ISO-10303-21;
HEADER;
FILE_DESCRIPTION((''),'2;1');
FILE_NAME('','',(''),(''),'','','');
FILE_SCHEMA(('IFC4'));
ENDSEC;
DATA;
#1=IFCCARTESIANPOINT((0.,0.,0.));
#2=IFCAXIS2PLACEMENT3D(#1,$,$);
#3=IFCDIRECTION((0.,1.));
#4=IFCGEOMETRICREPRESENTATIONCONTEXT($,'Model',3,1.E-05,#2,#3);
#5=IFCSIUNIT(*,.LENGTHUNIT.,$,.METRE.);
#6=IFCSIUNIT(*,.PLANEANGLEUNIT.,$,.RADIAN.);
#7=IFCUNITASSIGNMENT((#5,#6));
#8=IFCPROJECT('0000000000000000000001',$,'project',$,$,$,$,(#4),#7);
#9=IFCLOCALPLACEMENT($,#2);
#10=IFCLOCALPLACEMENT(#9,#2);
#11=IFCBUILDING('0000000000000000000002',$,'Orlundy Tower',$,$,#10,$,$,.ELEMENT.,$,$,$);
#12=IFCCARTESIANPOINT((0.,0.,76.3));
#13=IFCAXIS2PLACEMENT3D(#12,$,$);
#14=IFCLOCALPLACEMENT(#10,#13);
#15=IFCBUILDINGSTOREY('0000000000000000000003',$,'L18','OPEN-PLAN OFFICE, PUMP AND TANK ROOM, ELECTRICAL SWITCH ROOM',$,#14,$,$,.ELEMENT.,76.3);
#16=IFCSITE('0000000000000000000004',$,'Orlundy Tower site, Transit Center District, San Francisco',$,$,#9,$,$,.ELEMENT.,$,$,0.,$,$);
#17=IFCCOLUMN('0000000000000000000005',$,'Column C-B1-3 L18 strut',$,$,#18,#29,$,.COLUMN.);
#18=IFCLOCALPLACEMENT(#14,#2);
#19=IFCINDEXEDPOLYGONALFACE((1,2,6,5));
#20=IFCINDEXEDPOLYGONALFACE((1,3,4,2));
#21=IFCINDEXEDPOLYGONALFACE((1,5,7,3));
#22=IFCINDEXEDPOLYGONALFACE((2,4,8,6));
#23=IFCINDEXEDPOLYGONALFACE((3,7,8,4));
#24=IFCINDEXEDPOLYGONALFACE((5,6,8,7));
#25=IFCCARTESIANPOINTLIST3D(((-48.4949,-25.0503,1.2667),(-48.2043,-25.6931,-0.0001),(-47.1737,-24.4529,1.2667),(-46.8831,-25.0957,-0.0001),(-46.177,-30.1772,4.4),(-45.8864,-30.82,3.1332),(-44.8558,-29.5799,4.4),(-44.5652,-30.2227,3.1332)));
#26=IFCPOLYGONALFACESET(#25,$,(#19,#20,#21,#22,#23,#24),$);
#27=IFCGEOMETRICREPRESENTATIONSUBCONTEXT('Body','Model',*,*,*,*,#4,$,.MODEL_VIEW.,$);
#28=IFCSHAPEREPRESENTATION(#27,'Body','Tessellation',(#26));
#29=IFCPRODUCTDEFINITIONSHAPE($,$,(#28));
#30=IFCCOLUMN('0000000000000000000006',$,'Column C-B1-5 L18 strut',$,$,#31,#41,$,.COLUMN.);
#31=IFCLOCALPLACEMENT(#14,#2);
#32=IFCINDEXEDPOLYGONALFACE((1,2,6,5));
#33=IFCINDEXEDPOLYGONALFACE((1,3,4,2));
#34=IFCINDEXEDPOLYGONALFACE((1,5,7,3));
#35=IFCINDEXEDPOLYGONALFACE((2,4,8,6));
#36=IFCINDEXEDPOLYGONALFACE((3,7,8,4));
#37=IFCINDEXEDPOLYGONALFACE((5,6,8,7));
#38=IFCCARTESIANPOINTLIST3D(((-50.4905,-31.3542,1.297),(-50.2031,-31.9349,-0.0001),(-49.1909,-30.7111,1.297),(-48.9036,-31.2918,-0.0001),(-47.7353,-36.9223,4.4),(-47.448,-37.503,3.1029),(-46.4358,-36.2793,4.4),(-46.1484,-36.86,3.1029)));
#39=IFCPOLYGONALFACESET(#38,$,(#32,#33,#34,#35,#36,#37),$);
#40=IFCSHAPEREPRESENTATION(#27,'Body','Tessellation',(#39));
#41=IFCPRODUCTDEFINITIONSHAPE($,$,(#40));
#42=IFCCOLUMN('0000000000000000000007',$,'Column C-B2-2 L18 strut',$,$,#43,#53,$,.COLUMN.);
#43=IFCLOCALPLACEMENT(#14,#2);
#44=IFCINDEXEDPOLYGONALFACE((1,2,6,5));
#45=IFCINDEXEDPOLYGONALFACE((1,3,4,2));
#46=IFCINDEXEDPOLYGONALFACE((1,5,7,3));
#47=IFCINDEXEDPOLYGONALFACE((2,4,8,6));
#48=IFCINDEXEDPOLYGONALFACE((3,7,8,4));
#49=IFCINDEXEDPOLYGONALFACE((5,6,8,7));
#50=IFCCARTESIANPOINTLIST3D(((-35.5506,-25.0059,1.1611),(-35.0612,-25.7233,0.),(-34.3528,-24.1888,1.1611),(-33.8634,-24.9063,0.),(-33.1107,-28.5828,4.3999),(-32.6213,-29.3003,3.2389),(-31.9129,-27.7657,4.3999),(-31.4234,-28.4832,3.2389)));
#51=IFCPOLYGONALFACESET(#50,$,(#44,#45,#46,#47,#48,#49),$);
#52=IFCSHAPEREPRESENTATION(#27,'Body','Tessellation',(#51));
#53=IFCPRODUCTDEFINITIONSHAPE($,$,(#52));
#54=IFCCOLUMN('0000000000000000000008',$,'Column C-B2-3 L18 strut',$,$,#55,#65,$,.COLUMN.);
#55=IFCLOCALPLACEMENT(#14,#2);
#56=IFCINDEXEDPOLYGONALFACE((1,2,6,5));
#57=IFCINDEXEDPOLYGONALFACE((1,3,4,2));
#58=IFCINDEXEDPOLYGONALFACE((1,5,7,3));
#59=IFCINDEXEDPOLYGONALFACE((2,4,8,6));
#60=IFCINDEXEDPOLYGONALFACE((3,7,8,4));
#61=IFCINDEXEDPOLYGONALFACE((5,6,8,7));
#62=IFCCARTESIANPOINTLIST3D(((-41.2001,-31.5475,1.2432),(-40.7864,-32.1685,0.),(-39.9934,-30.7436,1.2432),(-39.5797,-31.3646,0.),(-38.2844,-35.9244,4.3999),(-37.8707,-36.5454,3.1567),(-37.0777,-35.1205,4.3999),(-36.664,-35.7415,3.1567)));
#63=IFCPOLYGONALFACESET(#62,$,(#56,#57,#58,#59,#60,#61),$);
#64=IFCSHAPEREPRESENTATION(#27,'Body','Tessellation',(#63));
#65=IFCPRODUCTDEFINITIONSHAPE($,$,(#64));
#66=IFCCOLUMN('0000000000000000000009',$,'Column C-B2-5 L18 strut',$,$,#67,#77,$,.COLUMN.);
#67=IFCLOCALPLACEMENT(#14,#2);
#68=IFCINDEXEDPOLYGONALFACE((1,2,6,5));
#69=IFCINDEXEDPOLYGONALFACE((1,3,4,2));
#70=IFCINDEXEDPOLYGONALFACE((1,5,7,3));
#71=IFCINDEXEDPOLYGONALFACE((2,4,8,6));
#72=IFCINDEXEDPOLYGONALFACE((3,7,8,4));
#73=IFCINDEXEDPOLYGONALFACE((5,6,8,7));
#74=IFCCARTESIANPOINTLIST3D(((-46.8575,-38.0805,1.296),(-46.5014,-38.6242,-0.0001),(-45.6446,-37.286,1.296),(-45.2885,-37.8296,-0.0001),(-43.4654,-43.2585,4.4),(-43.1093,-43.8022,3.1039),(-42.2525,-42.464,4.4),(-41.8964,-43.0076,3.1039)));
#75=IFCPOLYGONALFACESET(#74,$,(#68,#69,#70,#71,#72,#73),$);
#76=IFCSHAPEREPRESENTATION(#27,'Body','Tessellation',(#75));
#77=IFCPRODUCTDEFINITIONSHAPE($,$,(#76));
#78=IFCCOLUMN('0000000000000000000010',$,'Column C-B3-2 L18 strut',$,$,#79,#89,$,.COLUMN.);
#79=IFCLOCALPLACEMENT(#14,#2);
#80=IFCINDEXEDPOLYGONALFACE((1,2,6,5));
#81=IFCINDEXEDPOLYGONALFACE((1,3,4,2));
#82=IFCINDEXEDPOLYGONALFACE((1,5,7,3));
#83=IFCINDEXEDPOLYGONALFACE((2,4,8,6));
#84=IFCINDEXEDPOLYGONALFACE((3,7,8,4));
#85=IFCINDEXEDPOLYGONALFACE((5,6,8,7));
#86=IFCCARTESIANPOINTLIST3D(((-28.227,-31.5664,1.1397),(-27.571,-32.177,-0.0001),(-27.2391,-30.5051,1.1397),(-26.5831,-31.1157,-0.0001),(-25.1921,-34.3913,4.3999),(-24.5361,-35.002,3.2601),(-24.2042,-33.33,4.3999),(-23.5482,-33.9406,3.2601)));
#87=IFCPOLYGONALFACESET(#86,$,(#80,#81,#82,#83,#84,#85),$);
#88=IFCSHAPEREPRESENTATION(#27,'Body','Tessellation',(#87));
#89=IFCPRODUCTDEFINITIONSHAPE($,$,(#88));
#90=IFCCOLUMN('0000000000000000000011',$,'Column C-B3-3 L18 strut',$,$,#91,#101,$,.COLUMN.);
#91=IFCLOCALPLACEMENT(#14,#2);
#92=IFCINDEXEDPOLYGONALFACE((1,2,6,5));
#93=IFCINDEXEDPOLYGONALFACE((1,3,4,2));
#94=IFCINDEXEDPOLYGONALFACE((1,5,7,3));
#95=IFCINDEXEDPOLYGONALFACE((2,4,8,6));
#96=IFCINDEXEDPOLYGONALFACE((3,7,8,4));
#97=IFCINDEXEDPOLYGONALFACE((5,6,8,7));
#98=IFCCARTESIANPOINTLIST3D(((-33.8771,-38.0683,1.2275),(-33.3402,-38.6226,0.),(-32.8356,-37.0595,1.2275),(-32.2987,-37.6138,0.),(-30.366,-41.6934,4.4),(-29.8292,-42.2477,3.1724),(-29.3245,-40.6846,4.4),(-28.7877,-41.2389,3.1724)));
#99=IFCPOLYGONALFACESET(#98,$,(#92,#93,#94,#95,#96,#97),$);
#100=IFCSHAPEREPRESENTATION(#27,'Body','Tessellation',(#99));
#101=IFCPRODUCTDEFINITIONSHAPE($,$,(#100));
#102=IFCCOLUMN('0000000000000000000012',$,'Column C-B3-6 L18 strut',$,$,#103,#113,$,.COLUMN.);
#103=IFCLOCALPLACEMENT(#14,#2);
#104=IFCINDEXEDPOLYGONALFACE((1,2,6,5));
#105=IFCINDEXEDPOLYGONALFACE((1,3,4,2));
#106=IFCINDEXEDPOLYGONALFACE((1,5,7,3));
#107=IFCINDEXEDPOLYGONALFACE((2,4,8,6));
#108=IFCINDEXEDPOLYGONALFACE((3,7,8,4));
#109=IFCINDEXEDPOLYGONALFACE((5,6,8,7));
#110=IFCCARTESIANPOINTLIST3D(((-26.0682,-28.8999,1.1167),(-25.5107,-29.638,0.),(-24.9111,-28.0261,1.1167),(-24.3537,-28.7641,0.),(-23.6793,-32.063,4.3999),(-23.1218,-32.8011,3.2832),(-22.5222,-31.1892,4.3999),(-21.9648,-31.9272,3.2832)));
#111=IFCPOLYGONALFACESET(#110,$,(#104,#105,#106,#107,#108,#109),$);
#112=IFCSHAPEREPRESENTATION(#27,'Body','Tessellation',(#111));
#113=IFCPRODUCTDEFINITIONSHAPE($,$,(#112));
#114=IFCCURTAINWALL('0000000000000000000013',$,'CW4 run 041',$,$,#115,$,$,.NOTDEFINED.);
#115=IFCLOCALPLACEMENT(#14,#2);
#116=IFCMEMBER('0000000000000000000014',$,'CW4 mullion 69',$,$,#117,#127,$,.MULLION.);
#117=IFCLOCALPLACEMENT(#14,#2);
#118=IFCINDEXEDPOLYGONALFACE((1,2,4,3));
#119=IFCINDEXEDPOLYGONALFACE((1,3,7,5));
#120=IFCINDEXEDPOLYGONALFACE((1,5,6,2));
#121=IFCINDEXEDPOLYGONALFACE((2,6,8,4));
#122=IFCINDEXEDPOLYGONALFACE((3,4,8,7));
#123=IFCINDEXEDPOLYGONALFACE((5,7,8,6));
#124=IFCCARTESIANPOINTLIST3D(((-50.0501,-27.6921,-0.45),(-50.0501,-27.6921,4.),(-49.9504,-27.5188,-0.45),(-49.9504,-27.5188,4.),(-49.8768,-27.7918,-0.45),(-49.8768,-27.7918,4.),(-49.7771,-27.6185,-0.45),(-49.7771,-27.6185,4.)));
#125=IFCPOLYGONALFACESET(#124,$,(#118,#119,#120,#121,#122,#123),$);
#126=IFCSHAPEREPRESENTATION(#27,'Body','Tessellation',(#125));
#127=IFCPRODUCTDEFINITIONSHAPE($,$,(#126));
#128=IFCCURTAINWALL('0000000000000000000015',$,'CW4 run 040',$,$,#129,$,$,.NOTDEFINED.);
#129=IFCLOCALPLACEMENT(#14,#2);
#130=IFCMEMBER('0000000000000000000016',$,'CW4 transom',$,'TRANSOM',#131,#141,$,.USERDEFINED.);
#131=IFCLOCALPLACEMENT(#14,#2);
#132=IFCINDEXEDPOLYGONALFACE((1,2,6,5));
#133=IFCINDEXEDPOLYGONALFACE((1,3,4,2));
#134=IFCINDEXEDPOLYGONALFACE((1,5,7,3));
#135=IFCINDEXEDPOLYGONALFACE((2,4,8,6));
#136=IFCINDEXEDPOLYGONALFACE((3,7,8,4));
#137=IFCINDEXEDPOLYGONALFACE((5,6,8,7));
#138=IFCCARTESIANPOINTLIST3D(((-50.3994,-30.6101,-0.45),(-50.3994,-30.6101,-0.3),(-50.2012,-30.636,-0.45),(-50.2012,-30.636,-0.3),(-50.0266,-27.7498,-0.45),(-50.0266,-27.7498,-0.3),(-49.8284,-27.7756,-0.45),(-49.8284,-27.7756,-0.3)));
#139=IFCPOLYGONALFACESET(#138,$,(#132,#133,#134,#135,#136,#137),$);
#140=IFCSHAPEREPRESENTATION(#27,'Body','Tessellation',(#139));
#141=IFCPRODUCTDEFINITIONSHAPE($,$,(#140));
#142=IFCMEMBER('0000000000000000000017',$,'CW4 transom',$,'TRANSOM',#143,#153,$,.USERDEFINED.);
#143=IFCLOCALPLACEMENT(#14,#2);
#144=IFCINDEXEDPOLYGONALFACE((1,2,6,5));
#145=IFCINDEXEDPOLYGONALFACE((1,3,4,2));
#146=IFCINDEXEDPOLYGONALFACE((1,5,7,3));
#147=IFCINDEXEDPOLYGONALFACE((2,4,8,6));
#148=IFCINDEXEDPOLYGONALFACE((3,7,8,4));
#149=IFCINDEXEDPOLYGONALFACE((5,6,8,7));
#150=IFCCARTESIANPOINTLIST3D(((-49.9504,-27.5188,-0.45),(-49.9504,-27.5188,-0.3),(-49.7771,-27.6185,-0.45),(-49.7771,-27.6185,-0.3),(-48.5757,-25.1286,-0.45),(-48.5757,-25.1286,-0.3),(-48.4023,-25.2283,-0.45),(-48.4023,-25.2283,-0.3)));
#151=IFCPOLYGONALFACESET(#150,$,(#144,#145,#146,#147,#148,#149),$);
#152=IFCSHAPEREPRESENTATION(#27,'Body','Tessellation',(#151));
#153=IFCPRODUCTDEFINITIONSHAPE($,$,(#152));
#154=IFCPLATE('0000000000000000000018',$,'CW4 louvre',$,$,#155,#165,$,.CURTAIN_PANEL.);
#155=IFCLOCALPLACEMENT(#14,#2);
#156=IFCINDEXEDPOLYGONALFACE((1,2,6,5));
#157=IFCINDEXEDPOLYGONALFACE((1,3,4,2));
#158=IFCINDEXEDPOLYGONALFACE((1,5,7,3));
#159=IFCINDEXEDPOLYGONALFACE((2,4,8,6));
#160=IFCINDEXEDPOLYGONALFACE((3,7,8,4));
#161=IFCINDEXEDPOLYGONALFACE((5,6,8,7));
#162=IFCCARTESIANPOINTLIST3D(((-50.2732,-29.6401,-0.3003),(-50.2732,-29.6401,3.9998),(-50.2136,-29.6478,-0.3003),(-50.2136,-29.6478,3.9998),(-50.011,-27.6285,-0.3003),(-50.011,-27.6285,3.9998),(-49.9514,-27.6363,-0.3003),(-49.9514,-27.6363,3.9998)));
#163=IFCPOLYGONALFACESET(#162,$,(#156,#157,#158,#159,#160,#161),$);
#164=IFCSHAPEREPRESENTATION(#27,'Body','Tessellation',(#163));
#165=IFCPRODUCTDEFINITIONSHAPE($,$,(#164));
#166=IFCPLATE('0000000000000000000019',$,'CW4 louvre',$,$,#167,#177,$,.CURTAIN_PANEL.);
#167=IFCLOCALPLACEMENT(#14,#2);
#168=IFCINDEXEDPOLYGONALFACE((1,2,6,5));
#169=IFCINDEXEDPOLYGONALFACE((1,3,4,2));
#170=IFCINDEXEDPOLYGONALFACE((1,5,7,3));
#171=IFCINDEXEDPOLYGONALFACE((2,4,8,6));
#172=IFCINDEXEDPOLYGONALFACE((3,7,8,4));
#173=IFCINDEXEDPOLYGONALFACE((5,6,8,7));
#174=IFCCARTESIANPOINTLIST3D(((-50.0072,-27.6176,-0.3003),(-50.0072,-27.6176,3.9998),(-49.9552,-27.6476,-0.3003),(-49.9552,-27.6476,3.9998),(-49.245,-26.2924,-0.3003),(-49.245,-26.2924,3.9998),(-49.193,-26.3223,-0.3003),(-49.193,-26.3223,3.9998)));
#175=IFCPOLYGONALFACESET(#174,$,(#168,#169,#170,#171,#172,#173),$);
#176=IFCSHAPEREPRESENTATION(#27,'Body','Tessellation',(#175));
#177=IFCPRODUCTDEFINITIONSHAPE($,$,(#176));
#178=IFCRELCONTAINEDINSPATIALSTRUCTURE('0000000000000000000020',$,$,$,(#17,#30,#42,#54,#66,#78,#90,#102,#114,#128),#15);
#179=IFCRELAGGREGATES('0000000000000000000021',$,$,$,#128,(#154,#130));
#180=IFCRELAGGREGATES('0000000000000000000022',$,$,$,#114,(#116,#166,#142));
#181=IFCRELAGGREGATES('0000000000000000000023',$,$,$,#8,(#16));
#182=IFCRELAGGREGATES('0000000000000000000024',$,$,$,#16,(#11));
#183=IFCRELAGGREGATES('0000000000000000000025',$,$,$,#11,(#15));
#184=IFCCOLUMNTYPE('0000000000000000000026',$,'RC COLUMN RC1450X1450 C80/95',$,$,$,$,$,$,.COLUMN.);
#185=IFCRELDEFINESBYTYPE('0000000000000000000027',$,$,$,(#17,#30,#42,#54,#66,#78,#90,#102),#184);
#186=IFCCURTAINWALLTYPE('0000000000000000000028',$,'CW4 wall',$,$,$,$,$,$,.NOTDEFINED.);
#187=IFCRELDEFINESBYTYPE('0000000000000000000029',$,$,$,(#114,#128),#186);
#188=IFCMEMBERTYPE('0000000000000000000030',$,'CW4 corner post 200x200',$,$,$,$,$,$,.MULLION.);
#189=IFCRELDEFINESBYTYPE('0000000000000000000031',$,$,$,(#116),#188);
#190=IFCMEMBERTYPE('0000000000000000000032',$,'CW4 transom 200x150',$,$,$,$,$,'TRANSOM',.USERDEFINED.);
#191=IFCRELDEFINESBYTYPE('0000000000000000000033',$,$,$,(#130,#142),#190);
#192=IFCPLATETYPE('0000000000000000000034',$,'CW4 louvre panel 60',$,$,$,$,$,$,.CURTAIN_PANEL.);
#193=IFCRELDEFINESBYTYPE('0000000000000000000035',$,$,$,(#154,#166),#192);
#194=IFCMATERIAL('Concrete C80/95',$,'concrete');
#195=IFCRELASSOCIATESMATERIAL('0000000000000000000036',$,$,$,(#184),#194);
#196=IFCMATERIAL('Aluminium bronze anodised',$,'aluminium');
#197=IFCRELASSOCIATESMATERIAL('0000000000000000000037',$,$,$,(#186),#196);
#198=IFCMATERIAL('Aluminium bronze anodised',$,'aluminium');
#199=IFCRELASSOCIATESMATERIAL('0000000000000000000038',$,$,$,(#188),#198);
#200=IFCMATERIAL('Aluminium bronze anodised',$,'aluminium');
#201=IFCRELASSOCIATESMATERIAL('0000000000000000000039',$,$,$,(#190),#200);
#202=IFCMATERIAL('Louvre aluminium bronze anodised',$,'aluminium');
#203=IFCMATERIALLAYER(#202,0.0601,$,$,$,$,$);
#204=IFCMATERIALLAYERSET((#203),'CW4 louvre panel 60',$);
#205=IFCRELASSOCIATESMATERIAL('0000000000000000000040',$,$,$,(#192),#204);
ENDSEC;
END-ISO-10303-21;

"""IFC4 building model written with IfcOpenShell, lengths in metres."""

from ifc_helpers import new_model, si_unit, direction, frame, origin, origin_2d, place, context, subcontext, project, spatial, rectangle, extrude, material, layer, layer_set, material_profile, profile_set, type_object, element, aggregate, save


model = new_model("IFC4")

# Units and contexts
model_context = context("Model", 3, precision=1e-05, world=origin(), true_north=direction((0.0, 1.0)))
body_context = subcontext(model_context, "Body", "Model", "MODEL_VIEW")
ifc_project = project(units=[si_unit("LENGTHUNIT", "METRE"), si_unit("PLANEANGLEUNIT", "RADIAN")], contexts=[model_context])

# Site, building, storey
site_placement = place(None, origin())
site = spatial("IfcSite", under=ifc_project, at=site_placement, Name="Orlundy Tower site, Transit Center District, San Francisco", CompositionType="ELEMENT", RefElevation=0.0)
building_placement = place(site_placement, origin())
building = spatial("IfcBuilding", under=site, at=building_placement, Name="Orlundy Tower", CompositionType="ELEMENT")
storey_placement = place(building_placement, frame((0.0, 0.0, 76.3)))
storey = spatial("IfcBuildingStorey", under=building, at=storey_placement, Name="L18", Description="OPEN-PLAN OFFICE, PUMP AND TANK ROOM, ELECTRICAL SWITCH ROOM", CompositionType="ELEMENT", Elevation=76.3)

# Columns
ifc_material_1 = material(Name="Concrete C80/95", Category="concrete")
ifc_material_profile_1 = material_profile(ifc_material_1, rectangle(XDim=1.45, YDim=1.45, at=origin_2d()), Name="RC1450X1450")
ifc_profile_set_1 = profile_set([ifc_material_profile_1], Name="Concrete C80/95")
column_type = type_object("IfcColumnType", Name="RC COLUMN RC1450X1450 C80/95", PredefinedType="COLUMN", material=ifc_profile_set_1)
column_1_placement = place(storey_placement, frame((-47.689, -25.073, 0.6333), z_axis=(0.359909, -0.79609, 0.486525), x_axis=(0.911206, 0.411952, 0.0)))
element("IfcColumn", 1, at=column_1_placement, inside=storey, type_object=column_type, Name="Column C-B1-3 L18 strut", PredefinedType="COLUMN", context=body_context, shape_type="SweptSolid", body=[
    extrude(rectangle(XDim=1.45, YDim=1.45, at=origin_2d()), origin(), (0.0, 0.0, 1.0), 6.4402),
])
column_2_placement = place(storey_placement, frame((-49.697, -31.323, 0.6484), z_axis=(0.396746, -0.801824, 0.446845), x_axis=(0.896282, 0.443484, 0.0)))
element("IfcColumn", 2, at=column_2_placement, inside=storey, type_object=column_type, Name="Column C-B1-5 L18 strut", PredefinedType="COLUMN", context=body_context, shape_type="SweptSolid", body=[
    extrude(rectangle(XDim=1.45, YDim=1.45, at=origin_2d()), origin(), (0.0, 0.0, 1.0), 6.9443),
])
column_3_placement = place(storey_placement, frame((-34.707, -24.9561, 0.5806), z_axis=(0.451244, -0.661515, 0.59898), x_axis=(0.826104, 0.563517, 0.0)))
element("IfcColumn", 3, at=column_3_placement, inside=storey, type_object=column_type, Name="Column C-B2-2 L18 strut", PredefinedType="COLUMN", context=body_context, shape_type="SweptSolid", body=[
    extrude(rectangle(XDim=1.45, YDim=1.45, at=origin_2d()), origin(), (0.0, 0.0, 1.0), 5.4072),
])
column_4_placement = place(storey_placement, frame((-40.3899, -31.4561, 0.6216), z_axis=(0.475355, -0.71357, 0.51464), x_axis=(0.832243, 0.554411, 0.0)))
element("IfcColumn", 4, at=column_4_placement, inside=storey, type_object=column_type, Name="Column C-B2-3 L18 strut", PredefinedType="COLUMN", context=body_context, shape_type="SweptSolid", body=[
    extrude(rectangle(XDim=1.45, YDim=1.45, at=origin_2d()), origin(), (0.0, 0.0, 1.0), 6.1338),
])
column_5_placement = place(storey_placement, frame((-46.073, -37.9551, 0.6479), z_axis=(0.489848, -0.747746, 0.448246), x_axis=(0.836489, 0.547983, 0.0)))
element("IfcColumn", 5, at=column_5_placement, inside=storey, type_object=column_type, Name="Column C-B2-5 L18 strut", PredefinedType="COLUMN", context=body_context, shape_type="SweptSolid", body=[
    extrude(rectangle(XDim=1.45, YDim=1.45, at=origin_2d()), origin(), (0.0, 0.0, 1.0), 6.9248),
])
column_6_placement = place(storey_placement, frame((-27.405, -31.3411, 0.5698), z_axis=(0.575394, -0.535587, 0.618117), x_axis=(0.681334, 0.731973, 0.0)))
element("IfcColumn", 6, at=column_6_placement, inside=storey, type_object=column_type, Name="Column C-B3-2 L18 strut", PredefinedType="COLUMN", context=body_context, shape_type="SweptSolid", body=[
    extrude(rectangle(XDim=1.45, YDim=1.45, at=origin_2d()), origin(), (0.0, 0.0, 1.0), 5.2744),
])
column_7_placement = place(storey_placement, frame((-33.0879, -37.8411, 0.6138), z_axis=(0.589009, -0.608136, 0.532201), x_axis=(0.718313, 0.69572, 0.0)))
element("IfcColumn", 7, at=column_7_placement, inside=storey, type_object=column_type, Name="Column C-B3-3 L18 strut", PredefinedType="COLUMN", context=body_context, shape_type="SweptSolid", body=[
    extrude(rectangle(XDim=1.45, YDim=1.45, at=origin_2d()), origin(), (0.0, 0.0, 1.0), 5.9609),
])
column_8_placement = place(storey_placement, frame((-25.2109, -28.832, 0.5583), z_axis=(0.464139, -0.614551, 0.637889), x_axis=(0.797985, 0.602677, 0.0)))
element("IfcColumn", 8, at=column_8_placement, inside=storey, type_object=column_type, Name="Column C-B3-6 L18 strut", PredefinedType="COLUMN", context=body_context, shape_type="SweptSolid", body=[
    extrude(rectangle(XDim=1.45, YDim=1.45, at=origin_2d()), origin(), (0.0, 0.0, 1.0), 5.147),
])

# Curtain walls, members
ifc_material_2 = material(Name="Aluminium bronze anodised", Category="aluminium")
curtain_wall_type = type_object("IfcCurtainWallType", Name="CW4 wall", PredefinedType="NOTDEFINED", material=ifc_material_2)
curtain_wall_1_placement = place(storey_placement, origin())
curtain_wall_1 = element("IfcCurtainWall", 9, at=curtain_wall_1_placement, inside=storey, type_object=curtain_wall_type, Name="CW4 run 041", PredefinedType="NOTDEFINED")
ifc_material_3 = material(Name="Aluminium bronze anodised", Category="aluminium")
ifc_material_profile_2 = material_profile(ifc_material_3, rectangle(XDim=0.2, YDim=0.2, at=origin_2d()), Name="CW4 corner post 200x200")
ifc_profile_set_2 = profile_set([ifc_material_profile_2], Name="Aluminium bronze anodised")
member_type_1 = type_object("IfcMemberType", Name="CW4 corner post 200x200", PredefinedType="MULLION", material=ifc_profile_set_2)
member_1_placement = place(storey_placement, frame((-49.9136, -27.6553, -0.45), z_axis=(0.0, 0.0, 1.0), x_axis=(-0.866845, 0.498578, 0.0)))
member_1 = element("IfcMember", 10, at=member_1_placement, type_object=member_type_1, Name="CW4 mullion 69", PredefinedType="MULLION", context=body_context, shape_type="SweptSolid", body=[
    extrude(rectangle(XDim=0.2, YDim=0.2, at=origin_2d()), origin(), (0.0, 0.0, 1.0), 4.45),
])
curtain_wall_2_placement = place(storey_placement, origin())
curtain_wall_2 = element("IfcCurtainWall", 11, at=curtain_wall_2_placement, inside=storey, type_object=curtain_wall_type, Name="CW4 run 040", PredefinedType="NOTDEFINED")
ifc_material_4 = material(Name="Aluminium bronze anodised", Category="aluminium")
ifc_material_profile_3 = material_profile(ifc_material_4, rectangle(XDim=0.2, YDim=0.1499, at=origin_2d()), Name="CW4 transom 200x150")
ifc_profile_set_3 = profile_set([ifc_material_profile_3], Name="Aluminium bronze anodised")
member_type_2 = type_object("IfcMemberType", Name="CW4 transom 200x150", ElementType="TRANSOM", PredefinedType="USERDEFINED", material=ifc_profile_set_3)
member_2_placement = place(storey_placement, frame((-50.3003, -30.623, -0.375), z_axis=(0.129241, 0.991613, 0.0), x_axis=(-0.991613, 0.129241, 0.0)))
member_2 = element("IfcMember", 12, at=member_2_placement, type_object=member_type_2, Name="CW4 transom", ObjectType="TRANSOM", PredefinedType="USERDEFINED", context=body_context, shape_type="SweptSolid", body=[
    extrude(rectangle(XDim=0.2, YDim=0.1499, at=origin_2d()), origin(), (0.0, 0.0, 1.0), 2.8845),
])

# Member
member_3_placement = place(storey_placement, frame((-49.8638, -27.5686, -0.375), z_axis=(0.498588, 0.866839, 0.0), x_axis=(-0.866839, 0.498588, 0.0)))
member_3 = element("IfcMember", 13, at=member_3_placement, type_object=member_type_2, Name="CW4 transom", ObjectType="TRANSOM", PredefinedType="USERDEFINED", context=body_context, shape_type="SweptSolid", body=[
    extrude(rectangle(XDim=0.2, YDim=0.1499, at=origin_2d()), origin(), (0.0, 0.0, 1.0), 2.7573),
])

# Plates
ifc_material_5 = material(Name="Louvre aluminium bronze anodised", Category="aluminium")
ifc_layer_1 = layer(ifc_material_5, 0.0601)
ifc_layer_set_1 = layer_set([ifc_layer_1], Name="CW4 louvre panel 60")
plate_type = type_object("IfcPlateType", Name="CW4 louvre panel 60", PredefinedType="CURTAIN_PANEL", material=ifc_layer_set_1)
plate_1_placement = place(storey_placement, frame((-50.1123, -28.6382, -0.3003), z_axis=(0.0, 0.0, 1.0), x_axis=(0.129247, 0.991612, 0.0)))
plate_1 = element("IfcPlate", 14, at=plate_1_placement, type_object=plate_type, Name="CW4 louvre", PredefinedType="CURTAIN_PANEL", context=body_context, shape_type="SweptSolid", body=[
    extrude(rectangle(XDim=2.0286, YDim=0.0601, at=origin_2d()), origin(), (0.0, 0.0, 1.0), 4.3),
])
aggregate(curtain_wall_2, [plate_1, member_2])
plate_2_placement = place(storey_placement, frame((-49.6001, -26.97, -0.3003), z_axis=(0.0, 0.0, 1.0), x_axis=(0.498578, 0.866845, 0.0)))
plate_2 = element("IfcPlate", 15, at=plate_2_placement, type_object=plate_type, Name="CW4 louvre", PredefinedType="CURTAIN_PANEL", context=body_context, shape_type="SweptSolid", body=[
    extrude(rectangle(XDim=1.5288, YDim=0.0601, at=origin_2d()), origin(), (0.0, 0.0, 1.0), 4.3),
])
aggregate(curtain_wall_1, [member_1, plate_2, member_3])

save(model, "model.ifc")
